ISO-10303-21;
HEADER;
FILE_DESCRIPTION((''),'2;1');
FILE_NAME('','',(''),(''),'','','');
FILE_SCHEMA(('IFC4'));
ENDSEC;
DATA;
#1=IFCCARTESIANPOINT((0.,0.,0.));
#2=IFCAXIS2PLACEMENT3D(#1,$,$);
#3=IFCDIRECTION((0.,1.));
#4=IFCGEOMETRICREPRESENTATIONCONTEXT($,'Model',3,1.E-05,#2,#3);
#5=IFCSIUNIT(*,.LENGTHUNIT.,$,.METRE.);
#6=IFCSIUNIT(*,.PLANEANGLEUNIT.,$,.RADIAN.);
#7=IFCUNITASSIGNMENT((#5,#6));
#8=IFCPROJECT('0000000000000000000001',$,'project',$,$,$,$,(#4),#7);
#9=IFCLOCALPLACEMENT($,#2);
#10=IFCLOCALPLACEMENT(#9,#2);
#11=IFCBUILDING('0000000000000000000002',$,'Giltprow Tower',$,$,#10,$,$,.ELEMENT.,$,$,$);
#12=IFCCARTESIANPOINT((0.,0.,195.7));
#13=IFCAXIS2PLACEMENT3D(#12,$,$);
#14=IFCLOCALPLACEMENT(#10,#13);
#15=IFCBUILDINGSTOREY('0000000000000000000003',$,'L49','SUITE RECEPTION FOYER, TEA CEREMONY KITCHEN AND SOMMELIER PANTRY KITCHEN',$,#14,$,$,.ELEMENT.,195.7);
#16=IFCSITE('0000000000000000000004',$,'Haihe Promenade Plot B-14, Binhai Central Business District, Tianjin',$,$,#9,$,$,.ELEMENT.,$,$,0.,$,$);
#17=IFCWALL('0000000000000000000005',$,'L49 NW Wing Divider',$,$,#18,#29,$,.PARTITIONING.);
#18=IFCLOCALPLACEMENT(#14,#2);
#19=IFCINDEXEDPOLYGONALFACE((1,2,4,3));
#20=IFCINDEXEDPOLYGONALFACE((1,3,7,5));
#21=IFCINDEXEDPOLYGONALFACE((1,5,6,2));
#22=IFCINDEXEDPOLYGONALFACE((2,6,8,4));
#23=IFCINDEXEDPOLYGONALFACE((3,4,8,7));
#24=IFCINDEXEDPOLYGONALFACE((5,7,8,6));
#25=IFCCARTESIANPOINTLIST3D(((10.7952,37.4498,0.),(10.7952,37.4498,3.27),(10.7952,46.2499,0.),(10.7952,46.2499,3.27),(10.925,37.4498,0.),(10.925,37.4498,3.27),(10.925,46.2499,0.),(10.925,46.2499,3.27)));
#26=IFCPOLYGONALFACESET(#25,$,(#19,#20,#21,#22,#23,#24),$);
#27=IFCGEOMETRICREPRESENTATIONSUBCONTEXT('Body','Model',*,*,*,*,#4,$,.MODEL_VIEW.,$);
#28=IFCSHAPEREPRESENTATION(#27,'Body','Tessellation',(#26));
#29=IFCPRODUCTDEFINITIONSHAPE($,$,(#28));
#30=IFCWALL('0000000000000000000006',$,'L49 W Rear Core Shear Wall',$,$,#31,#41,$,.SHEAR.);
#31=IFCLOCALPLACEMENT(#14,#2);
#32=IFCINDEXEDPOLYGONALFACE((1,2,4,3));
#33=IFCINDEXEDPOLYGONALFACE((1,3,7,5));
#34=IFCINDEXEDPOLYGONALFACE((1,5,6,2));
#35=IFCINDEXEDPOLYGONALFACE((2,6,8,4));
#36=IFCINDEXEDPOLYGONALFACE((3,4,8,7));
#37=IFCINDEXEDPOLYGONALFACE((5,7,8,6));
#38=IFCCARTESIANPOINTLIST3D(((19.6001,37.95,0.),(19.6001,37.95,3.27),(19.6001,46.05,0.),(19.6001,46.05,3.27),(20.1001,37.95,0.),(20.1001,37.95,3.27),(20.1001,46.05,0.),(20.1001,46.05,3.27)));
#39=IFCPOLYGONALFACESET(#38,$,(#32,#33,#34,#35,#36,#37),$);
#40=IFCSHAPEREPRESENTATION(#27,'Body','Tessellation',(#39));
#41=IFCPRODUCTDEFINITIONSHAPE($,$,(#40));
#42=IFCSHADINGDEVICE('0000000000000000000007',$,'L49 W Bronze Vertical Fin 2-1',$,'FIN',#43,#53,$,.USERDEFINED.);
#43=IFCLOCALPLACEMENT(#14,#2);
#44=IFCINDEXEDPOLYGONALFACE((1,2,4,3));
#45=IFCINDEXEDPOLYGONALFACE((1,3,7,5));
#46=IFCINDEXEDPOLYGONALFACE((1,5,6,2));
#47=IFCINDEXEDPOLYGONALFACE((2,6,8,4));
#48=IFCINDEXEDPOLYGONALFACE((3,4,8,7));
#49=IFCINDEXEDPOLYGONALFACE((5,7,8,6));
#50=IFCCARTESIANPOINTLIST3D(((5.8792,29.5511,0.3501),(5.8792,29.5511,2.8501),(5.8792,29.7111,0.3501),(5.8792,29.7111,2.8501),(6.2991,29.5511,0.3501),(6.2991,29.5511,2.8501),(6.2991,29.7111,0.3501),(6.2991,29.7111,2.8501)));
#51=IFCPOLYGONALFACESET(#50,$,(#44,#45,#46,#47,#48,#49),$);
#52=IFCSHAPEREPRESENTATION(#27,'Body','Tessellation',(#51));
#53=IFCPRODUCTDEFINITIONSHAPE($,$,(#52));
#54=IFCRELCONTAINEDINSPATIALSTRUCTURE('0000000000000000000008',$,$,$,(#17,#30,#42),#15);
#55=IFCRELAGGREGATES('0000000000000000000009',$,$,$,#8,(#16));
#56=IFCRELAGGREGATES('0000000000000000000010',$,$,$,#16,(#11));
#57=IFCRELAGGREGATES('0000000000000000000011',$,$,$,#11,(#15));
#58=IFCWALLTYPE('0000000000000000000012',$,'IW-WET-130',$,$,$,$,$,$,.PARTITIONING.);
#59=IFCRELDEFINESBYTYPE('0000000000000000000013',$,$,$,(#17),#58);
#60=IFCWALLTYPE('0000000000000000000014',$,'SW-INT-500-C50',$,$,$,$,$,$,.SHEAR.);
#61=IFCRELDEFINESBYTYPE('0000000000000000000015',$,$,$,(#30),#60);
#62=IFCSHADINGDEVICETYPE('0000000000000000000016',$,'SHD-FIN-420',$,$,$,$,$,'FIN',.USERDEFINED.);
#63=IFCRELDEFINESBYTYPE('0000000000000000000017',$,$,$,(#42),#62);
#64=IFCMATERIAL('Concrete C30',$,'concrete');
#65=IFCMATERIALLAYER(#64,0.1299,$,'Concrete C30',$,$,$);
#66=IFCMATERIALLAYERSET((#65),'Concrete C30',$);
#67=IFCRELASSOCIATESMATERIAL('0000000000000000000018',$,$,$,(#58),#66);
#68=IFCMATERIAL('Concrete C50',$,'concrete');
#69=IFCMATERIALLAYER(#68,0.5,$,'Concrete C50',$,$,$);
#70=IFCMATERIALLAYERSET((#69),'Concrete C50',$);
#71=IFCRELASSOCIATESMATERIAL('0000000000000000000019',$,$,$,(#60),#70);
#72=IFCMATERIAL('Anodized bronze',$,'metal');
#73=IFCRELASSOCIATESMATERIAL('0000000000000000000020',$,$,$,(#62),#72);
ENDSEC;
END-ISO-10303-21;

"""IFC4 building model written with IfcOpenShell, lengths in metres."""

from ifc_helpers import new_model, si_unit, direction, frame, frame_2d, origin, origin_2d, place, context, subcontext, project, spatial, rectangle, extrude, source, transform, mapped, material, layer, layer_set, type_object, element, save


model = new_model("IFC4")

# Units and contexts
model_context = context("Model", 3, precision=1e-05, world=origin(), true_north=direction((0.0, 1.0)))
body_context = subcontext(model_context, "Body", "Model", "MODEL_VIEW")
ifc_project = project(units=[si_unit("LENGTHUNIT", "METRE"), si_unit("PLANEANGLEUNIT", "RADIAN")], contexts=[model_context])

# Site, building, storey
site_placement = place(None, origin())
site = spatial("IfcSite", under=ifc_project, at=site_placement, Name="Haihe Promenade Plot B-14, Binhai Central Business District, Tianjin", CompositionType="ELEMENT", RefElevation=0.0)
building_placement = place(site_placement, origin())
building = spatial("IfcBuilding", under=site, at=building_placement, Name="Giltprow Tower", CompositionType="ELEMENT")
storey_placement = place(building_placement, frame((0.0, 0.0, 195.7)))
storey = spatial("IfcBuildingStorey", under=building, at=storey_placement, Name="L49", Description="SUITE RECEPTION FOYER, TEA CEREMONY KITCHEN AND SOMMELIER PANTRY KITCHEN", CompositionType="ELEMENT", Elevation=195.7)

# Shared definitions
ifc_material_1 = material(Name="Concrete C50", Category="concrete")

# Shared definitions
ifc_material_2 = material(Name="Concrete C30", Category="concrete")
ifc_layer_1 = layer(ifc_material_2, 0.1299, Name="Concrete C30")
ifc_layer_set_1 = layer_set([ifc_layer_1], Name="Concrete C30")
wall_type_1 = type_object("IfcWallType", Name="IW-WET-130", PredefinedType="PARTITIONING", material=ifc_layer_set_1)

# Wall
wall_1_placement = place(storey_placement, frame((10.8601, 37.45, 0.0), z_axis=(0.0, 0.0, 1.0), x_axis=(0.0, 1.0, 0.0)))
element("IfcWall", 1, at=wall_1_placement, inside=storey, type_object=wall_type_1, Name="L49 NW Wing Divider", PredefinedType="PARTITIONING", context=body_context, shape_type="SweptSolid", body=[
    extrude(rectangle(XDim=8.8, YDim=0.1299, at=frame_2d((4.3999, 0.0))), origin(), (0.0, 0.0, 1.0), 3.27),
])

# Shared definitions
ifc_layer_2 = layer(ifc_material_1, 0.5, Name="Concrete C50")
ifc_layer_set_2 = layer_set([ifc_layer_2], Name="Concrete C50")
wall_type_2 = type_object("IfcWallType", Name="SW-INT-500-C50", PredefinedType="SHEAR", material=ifc_layer_set_2)

# Wall
wall_2_placement = place(storey_placement, frame((19.8501, 37.95, 0.0), z_axis=(0.0, 0.0, 1.0), x_axis=(0.0, 1.0, 0.0)))
element("IfcWall", 2, at=wall_2_placement, inside=storey, type_object=wall_type_2, Name="L49 W Rear Core Shear Wall", PredefinedType="SHEAR", context=body_context, shape_type="SweptSolid", body=[
    extrude(rectangle(XDim=8.1001, YDim=0.5, at=frame_2d((4.05, 0.0))), origin(), (0.0, 0.0, 1.0), 3.27),
])

# Shading device
ifc_material_3 = material(Name="Anodized bronze", Category="metal")
shading_device_type = type_object("IfcShadingDeviceType", Name="SHD-FIN-420", ElementType="FIN", PredefinedType="USERDEFINED", material=ifc_material_3)
shared_shape_1 = source(origin(), body_context, "Body", "SweptSolid", [
    extrude(rectangle(XDim=0.4199, YDim=0.1599, at=origin_2d()), origin(), (0.0, 0.0, 1.0), 2.5),
])
shading_device_placement = place(storey_placement, frame((6.0891, 29.6311, 0.3501), z_axis=(0.0, 0.0, 1.0), x_axis=(1.0, 0.0, 0.0)))
element("IfcShadingDevice", 3, at=shading_device_placement, inside=storey, type_object=shading_device_type, Name="L49 W Bronze Vertical Fin 2-1", ObjectType="FIN", PredefinedType="USERDEFINED", context=body_context, shape_type="MappedRepresentation", body=[
    mapped(shared_shape_1, transform((0.0, 0.0, 0.0), x_axis=(1.0, 0.0, 0.0), y_axis=(0.0, 1.0, 0.0), z_axis=(0.0, 0.0, 1.0), scale=1.0)),
])

save(model, "model.ifc")
